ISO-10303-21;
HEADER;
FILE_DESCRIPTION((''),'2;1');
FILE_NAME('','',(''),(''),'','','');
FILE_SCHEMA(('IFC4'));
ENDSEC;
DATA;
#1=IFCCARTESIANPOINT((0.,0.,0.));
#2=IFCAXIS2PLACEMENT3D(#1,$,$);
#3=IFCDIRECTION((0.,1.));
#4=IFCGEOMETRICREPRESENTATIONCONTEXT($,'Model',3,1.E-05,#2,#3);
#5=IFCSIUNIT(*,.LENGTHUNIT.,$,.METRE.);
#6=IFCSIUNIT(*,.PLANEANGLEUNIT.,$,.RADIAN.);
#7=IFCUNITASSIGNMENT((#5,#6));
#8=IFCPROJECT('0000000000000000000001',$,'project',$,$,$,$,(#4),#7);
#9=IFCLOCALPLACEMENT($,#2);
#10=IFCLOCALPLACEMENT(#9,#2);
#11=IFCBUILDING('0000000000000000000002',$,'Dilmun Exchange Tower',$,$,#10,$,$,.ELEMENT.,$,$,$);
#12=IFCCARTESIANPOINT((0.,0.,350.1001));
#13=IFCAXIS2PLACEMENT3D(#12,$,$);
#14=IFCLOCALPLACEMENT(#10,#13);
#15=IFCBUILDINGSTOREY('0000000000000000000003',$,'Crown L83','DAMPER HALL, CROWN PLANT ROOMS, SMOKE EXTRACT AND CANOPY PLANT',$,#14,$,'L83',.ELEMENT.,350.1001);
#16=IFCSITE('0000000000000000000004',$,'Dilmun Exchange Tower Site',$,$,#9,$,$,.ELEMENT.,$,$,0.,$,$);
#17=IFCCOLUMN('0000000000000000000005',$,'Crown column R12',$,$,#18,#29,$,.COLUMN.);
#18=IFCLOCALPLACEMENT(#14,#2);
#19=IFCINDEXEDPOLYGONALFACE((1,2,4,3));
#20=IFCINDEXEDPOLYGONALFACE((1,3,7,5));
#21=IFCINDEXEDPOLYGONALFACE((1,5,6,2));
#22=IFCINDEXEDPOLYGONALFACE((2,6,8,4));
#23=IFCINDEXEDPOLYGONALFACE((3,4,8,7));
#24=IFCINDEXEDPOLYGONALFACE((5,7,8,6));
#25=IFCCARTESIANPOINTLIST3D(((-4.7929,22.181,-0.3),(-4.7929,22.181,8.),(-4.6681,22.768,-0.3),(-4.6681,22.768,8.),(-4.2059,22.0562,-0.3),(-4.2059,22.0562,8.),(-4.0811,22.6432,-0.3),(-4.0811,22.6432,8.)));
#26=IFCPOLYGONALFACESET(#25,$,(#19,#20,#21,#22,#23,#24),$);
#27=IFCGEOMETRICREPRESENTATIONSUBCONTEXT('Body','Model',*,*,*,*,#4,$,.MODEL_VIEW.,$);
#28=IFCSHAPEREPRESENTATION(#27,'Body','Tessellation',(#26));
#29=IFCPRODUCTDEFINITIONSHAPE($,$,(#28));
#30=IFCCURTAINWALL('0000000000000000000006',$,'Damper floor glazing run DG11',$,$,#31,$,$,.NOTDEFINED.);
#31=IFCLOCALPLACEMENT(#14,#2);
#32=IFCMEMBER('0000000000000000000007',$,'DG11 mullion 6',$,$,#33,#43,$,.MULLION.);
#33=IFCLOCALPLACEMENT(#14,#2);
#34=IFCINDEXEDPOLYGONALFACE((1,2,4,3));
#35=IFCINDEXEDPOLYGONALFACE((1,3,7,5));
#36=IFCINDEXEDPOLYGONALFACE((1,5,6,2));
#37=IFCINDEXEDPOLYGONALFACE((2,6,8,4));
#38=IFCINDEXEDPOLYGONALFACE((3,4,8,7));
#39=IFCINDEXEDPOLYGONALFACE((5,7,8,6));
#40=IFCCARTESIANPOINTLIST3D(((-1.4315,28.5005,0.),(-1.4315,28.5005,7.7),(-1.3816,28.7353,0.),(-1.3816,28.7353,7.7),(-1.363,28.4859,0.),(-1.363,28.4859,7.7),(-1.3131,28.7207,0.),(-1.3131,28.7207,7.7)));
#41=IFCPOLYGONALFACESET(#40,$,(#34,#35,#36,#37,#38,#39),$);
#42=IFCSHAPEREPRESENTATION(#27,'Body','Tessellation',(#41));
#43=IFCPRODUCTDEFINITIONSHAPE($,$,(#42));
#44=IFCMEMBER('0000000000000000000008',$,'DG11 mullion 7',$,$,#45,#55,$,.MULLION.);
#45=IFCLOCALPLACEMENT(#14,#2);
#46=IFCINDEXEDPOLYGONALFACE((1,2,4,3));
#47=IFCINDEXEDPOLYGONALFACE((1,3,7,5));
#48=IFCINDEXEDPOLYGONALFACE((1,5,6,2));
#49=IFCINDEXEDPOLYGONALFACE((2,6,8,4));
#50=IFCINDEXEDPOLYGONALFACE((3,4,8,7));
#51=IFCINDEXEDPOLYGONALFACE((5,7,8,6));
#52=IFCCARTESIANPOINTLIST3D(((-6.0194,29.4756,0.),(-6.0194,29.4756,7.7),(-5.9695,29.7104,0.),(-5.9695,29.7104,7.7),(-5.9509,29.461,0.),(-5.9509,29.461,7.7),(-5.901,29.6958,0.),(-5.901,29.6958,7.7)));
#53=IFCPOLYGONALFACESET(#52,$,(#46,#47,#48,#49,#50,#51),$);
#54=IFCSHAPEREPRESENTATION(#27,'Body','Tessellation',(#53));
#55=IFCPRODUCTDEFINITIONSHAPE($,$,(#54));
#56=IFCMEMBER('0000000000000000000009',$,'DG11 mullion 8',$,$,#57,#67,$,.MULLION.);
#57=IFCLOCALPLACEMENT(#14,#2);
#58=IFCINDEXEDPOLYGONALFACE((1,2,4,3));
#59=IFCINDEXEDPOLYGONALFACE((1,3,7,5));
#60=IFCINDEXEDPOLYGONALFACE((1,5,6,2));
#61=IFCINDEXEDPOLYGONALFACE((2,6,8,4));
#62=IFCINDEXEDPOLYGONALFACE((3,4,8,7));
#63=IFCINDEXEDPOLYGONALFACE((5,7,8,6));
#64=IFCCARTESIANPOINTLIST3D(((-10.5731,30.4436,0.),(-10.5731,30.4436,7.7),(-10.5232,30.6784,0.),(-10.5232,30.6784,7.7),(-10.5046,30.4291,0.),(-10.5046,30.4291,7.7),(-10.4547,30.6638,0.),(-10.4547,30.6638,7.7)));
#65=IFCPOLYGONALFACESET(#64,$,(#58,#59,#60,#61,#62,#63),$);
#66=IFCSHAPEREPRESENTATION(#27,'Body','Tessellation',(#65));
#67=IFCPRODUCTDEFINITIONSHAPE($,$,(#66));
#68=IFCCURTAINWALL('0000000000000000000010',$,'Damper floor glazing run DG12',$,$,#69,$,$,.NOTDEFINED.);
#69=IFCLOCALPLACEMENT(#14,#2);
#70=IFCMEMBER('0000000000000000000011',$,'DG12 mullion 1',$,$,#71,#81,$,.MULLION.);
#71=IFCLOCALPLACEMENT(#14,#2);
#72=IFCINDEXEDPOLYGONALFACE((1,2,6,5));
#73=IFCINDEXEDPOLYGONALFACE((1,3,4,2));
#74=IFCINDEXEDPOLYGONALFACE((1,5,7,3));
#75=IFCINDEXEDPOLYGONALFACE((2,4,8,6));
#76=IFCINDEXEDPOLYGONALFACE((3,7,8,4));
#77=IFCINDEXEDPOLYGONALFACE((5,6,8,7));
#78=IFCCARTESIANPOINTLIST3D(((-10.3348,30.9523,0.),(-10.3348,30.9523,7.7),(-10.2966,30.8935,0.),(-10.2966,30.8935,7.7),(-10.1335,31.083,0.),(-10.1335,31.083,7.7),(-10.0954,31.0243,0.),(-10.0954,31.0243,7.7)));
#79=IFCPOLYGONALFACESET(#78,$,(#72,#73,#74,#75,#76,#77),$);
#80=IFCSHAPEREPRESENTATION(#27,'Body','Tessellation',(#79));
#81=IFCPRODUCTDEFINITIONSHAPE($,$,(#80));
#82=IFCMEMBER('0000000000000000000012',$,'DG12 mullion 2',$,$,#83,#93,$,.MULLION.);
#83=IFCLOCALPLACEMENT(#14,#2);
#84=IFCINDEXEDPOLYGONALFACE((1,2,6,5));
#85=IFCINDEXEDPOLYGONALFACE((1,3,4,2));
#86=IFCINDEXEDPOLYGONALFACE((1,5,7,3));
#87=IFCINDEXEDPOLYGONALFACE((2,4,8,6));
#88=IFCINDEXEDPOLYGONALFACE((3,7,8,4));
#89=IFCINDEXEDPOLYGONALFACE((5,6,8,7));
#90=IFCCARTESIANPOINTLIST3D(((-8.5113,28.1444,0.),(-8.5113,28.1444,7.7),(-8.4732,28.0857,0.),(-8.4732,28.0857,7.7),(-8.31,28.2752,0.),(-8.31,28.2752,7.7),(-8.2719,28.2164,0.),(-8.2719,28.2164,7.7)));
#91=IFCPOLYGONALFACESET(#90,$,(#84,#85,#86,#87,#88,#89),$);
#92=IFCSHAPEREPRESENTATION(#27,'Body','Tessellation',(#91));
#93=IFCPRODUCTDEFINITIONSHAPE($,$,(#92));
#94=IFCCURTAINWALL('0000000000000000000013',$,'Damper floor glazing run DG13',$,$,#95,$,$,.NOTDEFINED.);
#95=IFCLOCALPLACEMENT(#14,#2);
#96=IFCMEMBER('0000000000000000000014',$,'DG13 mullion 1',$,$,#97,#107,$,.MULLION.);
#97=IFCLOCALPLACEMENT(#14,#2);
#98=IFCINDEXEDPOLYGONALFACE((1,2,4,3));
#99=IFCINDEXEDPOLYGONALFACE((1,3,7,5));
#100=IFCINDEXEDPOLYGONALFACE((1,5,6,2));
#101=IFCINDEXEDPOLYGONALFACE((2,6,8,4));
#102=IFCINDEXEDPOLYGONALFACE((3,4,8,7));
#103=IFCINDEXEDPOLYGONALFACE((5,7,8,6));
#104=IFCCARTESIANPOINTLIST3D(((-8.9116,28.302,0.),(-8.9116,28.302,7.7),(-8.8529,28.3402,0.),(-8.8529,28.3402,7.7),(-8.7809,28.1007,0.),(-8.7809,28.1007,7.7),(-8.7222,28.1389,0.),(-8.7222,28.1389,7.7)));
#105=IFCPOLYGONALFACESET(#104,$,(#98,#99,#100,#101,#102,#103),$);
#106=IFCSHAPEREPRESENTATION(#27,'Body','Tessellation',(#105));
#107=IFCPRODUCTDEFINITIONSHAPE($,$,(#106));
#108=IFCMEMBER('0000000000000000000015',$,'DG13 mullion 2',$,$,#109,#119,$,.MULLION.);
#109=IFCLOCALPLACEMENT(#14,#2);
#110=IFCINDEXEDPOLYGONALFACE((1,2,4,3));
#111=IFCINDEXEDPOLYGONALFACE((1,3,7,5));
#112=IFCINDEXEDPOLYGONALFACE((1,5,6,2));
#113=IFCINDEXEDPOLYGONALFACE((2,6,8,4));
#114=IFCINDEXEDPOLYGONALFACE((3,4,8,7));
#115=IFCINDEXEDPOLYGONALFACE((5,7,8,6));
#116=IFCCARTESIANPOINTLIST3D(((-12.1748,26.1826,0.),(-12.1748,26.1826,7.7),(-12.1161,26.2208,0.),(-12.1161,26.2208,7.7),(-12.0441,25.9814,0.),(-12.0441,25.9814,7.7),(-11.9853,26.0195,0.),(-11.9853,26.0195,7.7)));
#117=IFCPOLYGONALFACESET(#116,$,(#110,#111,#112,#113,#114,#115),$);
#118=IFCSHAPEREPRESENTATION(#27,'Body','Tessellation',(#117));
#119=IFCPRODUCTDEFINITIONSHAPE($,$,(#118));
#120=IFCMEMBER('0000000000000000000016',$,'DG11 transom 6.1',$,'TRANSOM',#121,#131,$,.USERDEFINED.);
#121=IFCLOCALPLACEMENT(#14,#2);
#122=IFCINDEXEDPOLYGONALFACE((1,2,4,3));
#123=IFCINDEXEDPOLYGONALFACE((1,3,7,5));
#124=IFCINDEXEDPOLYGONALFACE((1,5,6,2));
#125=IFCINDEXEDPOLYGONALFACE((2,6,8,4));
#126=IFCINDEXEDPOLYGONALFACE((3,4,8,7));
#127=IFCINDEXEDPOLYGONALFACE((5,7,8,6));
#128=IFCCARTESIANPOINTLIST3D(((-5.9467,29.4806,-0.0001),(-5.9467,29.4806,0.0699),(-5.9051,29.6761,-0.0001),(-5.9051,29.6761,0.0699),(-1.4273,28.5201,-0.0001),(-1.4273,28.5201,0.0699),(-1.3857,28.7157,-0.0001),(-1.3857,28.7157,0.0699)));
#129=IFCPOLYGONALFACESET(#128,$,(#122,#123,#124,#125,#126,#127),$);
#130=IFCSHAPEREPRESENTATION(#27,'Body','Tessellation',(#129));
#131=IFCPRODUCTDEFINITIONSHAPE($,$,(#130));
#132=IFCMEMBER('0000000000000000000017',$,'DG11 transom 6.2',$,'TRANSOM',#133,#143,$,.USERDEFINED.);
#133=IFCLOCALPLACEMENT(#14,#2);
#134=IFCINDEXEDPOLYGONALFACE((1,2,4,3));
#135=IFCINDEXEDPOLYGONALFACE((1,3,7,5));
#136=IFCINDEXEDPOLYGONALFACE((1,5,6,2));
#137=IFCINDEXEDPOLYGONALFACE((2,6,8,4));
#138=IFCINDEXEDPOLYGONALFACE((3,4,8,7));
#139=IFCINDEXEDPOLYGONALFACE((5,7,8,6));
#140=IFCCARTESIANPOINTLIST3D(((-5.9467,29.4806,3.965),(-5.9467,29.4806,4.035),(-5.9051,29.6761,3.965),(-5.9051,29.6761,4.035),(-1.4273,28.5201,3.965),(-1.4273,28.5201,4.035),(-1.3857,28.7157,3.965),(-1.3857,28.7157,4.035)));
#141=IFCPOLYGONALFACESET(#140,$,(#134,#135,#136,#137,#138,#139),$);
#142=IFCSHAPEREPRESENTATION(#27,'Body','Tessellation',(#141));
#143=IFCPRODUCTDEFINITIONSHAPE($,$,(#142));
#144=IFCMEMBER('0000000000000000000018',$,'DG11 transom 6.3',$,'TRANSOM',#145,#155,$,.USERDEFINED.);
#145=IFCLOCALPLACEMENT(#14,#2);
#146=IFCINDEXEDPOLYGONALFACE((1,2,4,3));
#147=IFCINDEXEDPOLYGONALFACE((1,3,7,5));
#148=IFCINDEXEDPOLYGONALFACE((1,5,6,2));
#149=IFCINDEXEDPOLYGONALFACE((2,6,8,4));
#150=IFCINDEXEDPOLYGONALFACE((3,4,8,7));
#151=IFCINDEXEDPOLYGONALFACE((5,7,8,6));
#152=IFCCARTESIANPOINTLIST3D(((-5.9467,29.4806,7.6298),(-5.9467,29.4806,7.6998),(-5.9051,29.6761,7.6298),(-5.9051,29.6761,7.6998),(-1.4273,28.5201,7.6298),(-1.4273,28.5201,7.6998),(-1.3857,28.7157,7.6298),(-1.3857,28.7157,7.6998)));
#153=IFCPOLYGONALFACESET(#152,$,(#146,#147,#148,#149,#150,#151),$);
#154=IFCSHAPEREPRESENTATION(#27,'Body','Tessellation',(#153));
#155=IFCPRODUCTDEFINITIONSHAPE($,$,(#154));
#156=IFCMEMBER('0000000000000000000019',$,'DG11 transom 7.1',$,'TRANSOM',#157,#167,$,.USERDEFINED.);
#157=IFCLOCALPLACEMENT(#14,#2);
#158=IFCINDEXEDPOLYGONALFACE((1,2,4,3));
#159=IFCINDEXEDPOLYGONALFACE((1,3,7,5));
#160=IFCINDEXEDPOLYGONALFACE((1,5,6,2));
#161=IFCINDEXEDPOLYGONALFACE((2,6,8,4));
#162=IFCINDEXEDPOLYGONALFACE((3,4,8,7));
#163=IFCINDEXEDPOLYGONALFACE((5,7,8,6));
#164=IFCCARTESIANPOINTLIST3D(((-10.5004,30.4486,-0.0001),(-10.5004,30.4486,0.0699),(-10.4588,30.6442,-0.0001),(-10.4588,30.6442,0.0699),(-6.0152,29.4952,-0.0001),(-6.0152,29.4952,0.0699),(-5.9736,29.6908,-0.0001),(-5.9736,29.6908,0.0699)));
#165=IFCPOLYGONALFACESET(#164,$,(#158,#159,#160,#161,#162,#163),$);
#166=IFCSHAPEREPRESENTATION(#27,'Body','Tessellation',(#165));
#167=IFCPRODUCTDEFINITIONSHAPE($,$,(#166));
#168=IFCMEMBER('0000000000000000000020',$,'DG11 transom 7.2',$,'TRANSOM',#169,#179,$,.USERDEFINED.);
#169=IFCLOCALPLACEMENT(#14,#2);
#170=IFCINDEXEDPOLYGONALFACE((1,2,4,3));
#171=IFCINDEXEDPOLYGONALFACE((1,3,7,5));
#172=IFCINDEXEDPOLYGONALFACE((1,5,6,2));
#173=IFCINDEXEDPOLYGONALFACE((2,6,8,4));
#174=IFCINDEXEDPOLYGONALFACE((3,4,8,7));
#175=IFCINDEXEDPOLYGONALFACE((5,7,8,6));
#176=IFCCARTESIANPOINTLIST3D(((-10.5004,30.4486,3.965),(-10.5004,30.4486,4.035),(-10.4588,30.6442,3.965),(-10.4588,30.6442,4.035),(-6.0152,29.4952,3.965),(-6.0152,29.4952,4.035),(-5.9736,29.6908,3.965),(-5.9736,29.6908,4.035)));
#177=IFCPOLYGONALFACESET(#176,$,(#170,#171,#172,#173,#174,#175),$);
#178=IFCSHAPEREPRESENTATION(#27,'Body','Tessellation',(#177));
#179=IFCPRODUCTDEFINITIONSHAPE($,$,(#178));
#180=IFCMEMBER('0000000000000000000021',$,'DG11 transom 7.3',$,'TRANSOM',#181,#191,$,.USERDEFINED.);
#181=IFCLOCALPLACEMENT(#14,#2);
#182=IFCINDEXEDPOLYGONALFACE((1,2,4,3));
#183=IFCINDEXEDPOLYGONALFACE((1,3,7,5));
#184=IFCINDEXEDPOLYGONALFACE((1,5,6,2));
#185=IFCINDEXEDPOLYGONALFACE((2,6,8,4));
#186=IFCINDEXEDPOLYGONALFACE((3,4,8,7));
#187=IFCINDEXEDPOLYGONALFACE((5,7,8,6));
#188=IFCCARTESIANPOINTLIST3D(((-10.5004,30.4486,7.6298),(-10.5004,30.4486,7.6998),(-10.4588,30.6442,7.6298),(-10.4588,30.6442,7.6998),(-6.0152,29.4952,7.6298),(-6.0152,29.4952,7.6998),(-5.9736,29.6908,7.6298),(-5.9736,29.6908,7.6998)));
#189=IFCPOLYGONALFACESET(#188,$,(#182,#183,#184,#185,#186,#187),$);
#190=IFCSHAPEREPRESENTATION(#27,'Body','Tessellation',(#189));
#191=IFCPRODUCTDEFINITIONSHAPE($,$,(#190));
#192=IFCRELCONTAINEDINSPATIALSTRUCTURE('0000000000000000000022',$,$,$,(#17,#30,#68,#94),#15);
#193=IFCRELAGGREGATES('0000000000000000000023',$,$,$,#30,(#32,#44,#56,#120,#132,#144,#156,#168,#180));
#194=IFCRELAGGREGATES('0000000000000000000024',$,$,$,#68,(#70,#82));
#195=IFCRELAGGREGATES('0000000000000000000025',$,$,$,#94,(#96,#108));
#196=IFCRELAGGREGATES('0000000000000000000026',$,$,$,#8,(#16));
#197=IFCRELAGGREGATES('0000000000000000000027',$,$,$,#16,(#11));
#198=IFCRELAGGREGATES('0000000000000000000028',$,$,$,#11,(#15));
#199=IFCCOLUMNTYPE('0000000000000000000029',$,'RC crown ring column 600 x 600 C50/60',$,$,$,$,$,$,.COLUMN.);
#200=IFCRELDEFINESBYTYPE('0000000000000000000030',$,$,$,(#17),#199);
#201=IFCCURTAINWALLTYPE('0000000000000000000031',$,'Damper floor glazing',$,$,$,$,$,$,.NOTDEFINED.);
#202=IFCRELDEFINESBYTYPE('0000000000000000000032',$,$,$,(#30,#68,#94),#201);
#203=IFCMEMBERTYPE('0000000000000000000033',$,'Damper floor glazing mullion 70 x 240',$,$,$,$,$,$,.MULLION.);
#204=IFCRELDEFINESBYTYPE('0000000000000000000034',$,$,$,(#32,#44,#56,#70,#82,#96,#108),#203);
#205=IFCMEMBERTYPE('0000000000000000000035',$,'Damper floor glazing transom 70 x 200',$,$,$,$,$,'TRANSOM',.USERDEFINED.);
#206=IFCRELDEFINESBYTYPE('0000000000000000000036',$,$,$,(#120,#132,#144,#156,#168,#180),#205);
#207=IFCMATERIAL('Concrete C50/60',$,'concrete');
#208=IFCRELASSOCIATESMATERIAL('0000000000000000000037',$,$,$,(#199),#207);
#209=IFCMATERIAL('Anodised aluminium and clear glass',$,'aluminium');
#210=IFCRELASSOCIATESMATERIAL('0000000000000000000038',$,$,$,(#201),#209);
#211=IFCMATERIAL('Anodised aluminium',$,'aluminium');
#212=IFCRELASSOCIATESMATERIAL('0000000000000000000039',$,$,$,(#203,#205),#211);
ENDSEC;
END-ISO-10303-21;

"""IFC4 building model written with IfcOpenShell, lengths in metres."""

from ifc_helpers import new_model, si_unit, direction, frame, origin, origin_2d, place, context, subcontext, project, spatial, rectangle, extrude, material, material_profile, profile_set, type_object, element, aggregate, save


model = new_model("IFC4")

# Units and contexts
model_context = context("Model", 3, precision=1e-05, world=origin(), true_north=direction((0.0, 1.0)))
body_context = subcontext(model_context, "Body", "Model", "MODEL_VIEW")
ifc_project = project(units=[si_unit("LENGTHUNIT", "METRE"), si_unit("PLANEANGLEUNIT", "RADIAN")], contexts=[model_context])

# Site, building, storey
site_placement = place(None, origin())
site = spatial("IfcSite", under=ifc_project, at=site_placement, Name="Dilmun Exchange Tower Site", CompositionType="ELEMENT", RefElevation=0.0)
building_placement = place(site_placement, origin())
building = spatial("IfcBuilding", under=site, at=building_placement, Name="Dilmun Exchange Tower", CompositionType="ELEMENT")
storey_placement = place(building_placement, frame((0.0, 0.0, 350.1001)))
storey = spatial("IfcBuildingStorey", under=building, at=storey_placement, Name="Crown L83", Description="DAMPER HALL, CROWN PLANT ROOMS, SMOKE EXTRACT AND CANOPY PLANT", LongName="L83", CompositionType="ELEMENT", Elevation=350.1001)

# Column
ifc_material_1 = material(Name="Concrete C50/60", Category="concrete")
ifc_material_profile_1 = material_profile(ifc_material_1, rectangle(XDim=0.6001, YDim=0.6001, at=origin_2d()), Name="600 x 600")
ifc_profile_set_1 = profile_set([ifc_material_profile_1], Name="Concrete C50/60")
column_type = type_object("IfcColumnType", Name="RC crown ring column 600 x 600 C50/60", PredefinedType="COLUMN", material=ifc_profile_set_1)
column_placement = place(storey_placement, frame((-4.437, 22.4121, -0.3), z_axis=(0.0, 0.0, 1.0), x_axis=(0.207912, 0.978148, 0.0)))
element("IfcColumn", 1, at=column_placement, inside=storey, type_object=column_type, Name="Crown column R12", PredefinedType="COLUMN", context=body_context, shape_type="SweptSolid", body=[
    extrude(rectangle(XDim=0.6001, YDim=0.6001, at=origin_2d()), origin(), (0.0, 0.0, 1.0), 8.3),
])

# Curtain walls, members
ifc_material_2 = material(Name="Anodised aluminium and clear glass", Category="aluminium")
curtain_wall_type = type_object("IfcCurtainWallType", Name="Damper floor glazing", PredefinedType="NOTDEFINED", material=ifc_material_2)
curtain_wall_1_placement = place(storey_placement, origin())
curtain_wall_1 = element("IfcCurtainWall", 2, at=curtain_wall_1_placement, inside=storey, type_object=curtain_wall_type, Name="Damper floor glazing run DG11", PredefinedType="NOTDEFINED")
ifc_material_3 = material(Name="Anodised aluminium", Category="aluminium")
ifc_material_profile_2 = material_profile(ifc_material_3, rectangle(XDim=0.24, YDim=0.0701, at=origin_2d()), Name="AL 70x240")
ifc_profile_set_2 = profile_set([ifc_material_profile_2], Name="Anodised aluminium")
member_type_1 = type_object("IfcMemberType", Name="Damper floor glazing mullion 70 x 240", PredefinedType="MULLION", material=ifc_profile_set_2)
member_1_placement = place(storey_placement, frame((-1.3723, 28.6106, 0.0), z_axis=(0.0, 0.0, 1.0), x_axis=(-0.207911, -0.978148, 0.0)))
member_1 = element("IfcMember", 3, at=member_1_placement, type_object=member_type_1, Name="DG11 mullion 6", PredefinedType="MULLION", context=body_context, shape_type="SweptSolid", body=[
    extrude(rectangle(XDim=0.24, YDim=0.0701, at=origin_2d()), origin(), (0.0, 0.0, 1.0), 7.7),
])
member_2_placement = place(storey_placement, frame((-5.9602, 29.5857, 0.0), z_axis=(0.0, 0.0, 1.0), x_axis=(-0.207911, -0.978148, 0.0)))
member_2 = element("IfcMember", 4, at=member_2_placement, type_object=member_type_1, Name="DG11 mullion 7", PredefinedType="MULLION", context=body_context, shape_type="SweptSolid", body=[
    extrude(rectangle(XDim=0.24, YDim=0.0701, at=origin_2d()), origin(), (0.0, 0.0, 1.0), 7.7),
])
member_3_placement = place(storey_placement, frame((-10.5139, 30.5537, 0.0), z_axis=(0.0, 0.0, 1.0), x_axis=(-0.207911, -0.978148, 0.0)))
member_3 = element("IfcMember", 5, at=member_3_placement, type_object=member_type_1, Name="DG11 mullion 8", PredefinedType="MULLION", context=body_context, shape_type="SweptSolid", body=[
    extrude(rectangle(XDim=0.24, YDim=0.0701, at=origin_2d()), origin(), (0.0, 0.0, 1.0), 7.7),
])
curtain_wall_2_placement = place(storey_placement, origin())
curtain_wall_2 = element("IfcCurtainWall", 6, at=curtain_wall_2_placement, inside=storey, type_object=curtain_wall_type, Name="Damper floor glazing run DG12", PredefinedType="NOTDEFINED")
member_4_placement = place(storey_placement, frame((-10.2151, 30.9883, 0.0), z_axis=(0.0, 0.0, 1.0), x_axis=(0.838669, 0.544641, 0.0)))
member_4 = element("IfcMember", 7, at=member_4_placement, type_object=member_type_1, Name="DG12 mullion 1", PredefinedType="MULLION", context=body_context, shape_type="SweptSolid", body=[
    extrude(rectangle(XDim=0.24, YDim=0.0701, at=origin_2d()), origin(), (0.0, 0.0, 1.0), 7.7),
])
member_5_placement = place(storey_placement, frame((-8.3916, 28.1804, 0.0), z_axis=(0.0, 0.0, 1.0), x_axis=(0.838669, 0.544641, 0.0)))
member_5 = element("IfcMember", 8, at=member_5_placement, type_object=member_type_1, Name="DG12 mullion 2", PredefinedType="MULLION", context=body_context, shape_type="SweptSolid", body=[
    extrude(rectangle(XDim=0.24, YDim=0.0701, at=origin_2d()), origin(), (0.0, 0.0, 1.0), 7.7),
])
curtain_wall_3_placement = place(storey_placement, origin())
curtain_wall_3 = element("IfcCurtainWall", 9, at=curtain_wall_3_placement, inside=storey, type_object=curtain_wall_type, Name="Damper floor glazing run DG13", PredefinedType="NOTDEFINED")
member_6_placement = place(storey_placement, frame((-8.8169, 28.2205, 0.0), z_axis=(0.0, 0.0, 1.0), x_axis=(0.544642, -0.838669, 0.0)))
member_6 = element("IfcMember", 10, at=member_6_placement, type_object=member_type_1, Name="DG13 mullion 1", PredefinedType="MULLION", context=body_context, shape_type="SweptSolid", body=[
    extrude(rectangle(XDim=0.24, YDim=0.0701, at=origin_2d()), origin(), (0.0, 0.0, 1.0), 7.7),
])
member_7_placement = place(storey_placement, frame((-12.0801, 26.1011, 0.0), z_axis=(0.0, 0.0, 1.0), x_axis=(0.544642, -0.838669, 0.0)))
member_7 = element("IfcMember", 11, at=member_7_placement, type_object=member_type_1, Name="DG13 mullion 2", PredefinedType="MULLION", context=body_context, shape_type="SweptSolid", body=[
    extrude(rectangle(XDim=0.24, YDim=0.0701, at=origin_2d()), origin(), (0.0, 0.0, 1.0), 7.7),
])

# Members
ifc_material_profile_3 = material_profile(ifc_material_3, rectangle(XDim=0.2, YDim=0.0701, at=origin_2d()), Name="AL 70x200")
ifc_profile_set_3 = profile_set([ifc_material_profile_3], Name="Anodised aluminium")
member_type_2 = type_object("IfcMemberType", Name="Damper floor glazing transom 70 x 200", ElementType="TRANSOM", PredefinedType="USERDEFINED", material=ifc_profile_set_3)
member_8_placement = place(storey_placement, frame((-1.4065, 28.6179, 0.0349), z_axis=(-0.978157, 0.207869, 0.0), x_axis=(-0.207869, -0.978157, 0.0)))
member_8 = element("IfcMember", 12, at=member_8_placement, type_object=member_type_2, Name="DG11 transom 6.1", ObjectType="TRANSOM", PredefinedType="USERDEFINED", context=body_context, shape_type="SweptSolid", body=[
    extrude(rectangle(XDim=0.2, YDim=0.0701, at=origin_2d()), origin(), (0.0, 0.0, 1.0), 4.6204),
])
member_9_placement = place(storey_placement, frame((-1.4065, 28.6179, 4.0), z_axis=(-0.978157, 0.207869, 0.0), x_axis=(-0.207869, -0.978157, 0.0)))
member_9 = element("IfcMember", 13, at=member_9_placement, type_object=member_type_2, Name="DG11 transom 6.2", ObjectType="TRANSOM", PredefinedType="USERDEFINED", context=body_context, shape_type="SweptSolid", body=[
    extrude(rectangle(XDim=0.2, YDim=0.0701, at=origin_2d()), origin(), (0.0, 0.0, 1.0), 4.6204),
])
member_10_placement = place(storey_placement, frame((-1.4065, 28.6179, 7.6648), z_axis=(-0.978157, 0.207869, 0.0), x_axis=(-0.207869, -0.978157, 0.0)))
member_10 = element("IfcMember", 14, at=member_10_placement, type_object=member_type_2, Name="DG11 transom 6.3", ObjectType="TRANSOM", PredefinedType="USERDEFINED", context=body_context, shape_type="SweptSolid", body=[
    extrude(rectangle(XDim=0.2, YDim=0.0701, at=origin_2d()), origin(), (0.0, 0.0, 1.0), 4.6204),
])
member_11_placement = place(storey_placement, frame((-5.9944, 29.593, 0.0349), z_axis=(-0.978149, 0.207907, 0.0), x_axis=(-0.207907, -0.978149, 0.0)))
member_11 = element("IfcMember", 15, at=member_11_placement, type_object=member_type_2, Name="DG11 transom 7.1", ObjectType="TRANSOM", PredefinedType="USERDEFINED", context=body_context, shape_type="SweptSolid", body=[
    extrude(rectangle(XDim=0.2, YDim=0.0701, at=origin_2d()), origin(), (0.0, 0.0, 1.0), 4.5854),
])
member_12_placement = place(storey_placement, frame((-5.9944, 29.593, 4.0), z_axis=(-0.978149, 0.207907, 0.0), x_axis=(-0.207907, -0.978149, 0.0)))
member_12 = element("IfcMember", 16, at=member_12_placement, type_object=member_type_2, Name="DG11 transom 7.2", ObjectType="TRANSOM", PredefinedType="USERDEFINED", context=body_context, shape_type="SweptSolid", body=[
    extrude(rectangle(XDim=0.2, YDim=0.0701, at=origin_2d()), origin(), (0.0, 0.0, 1.0), 4.5854),
])
member_13_placement = place(storey_placement, frame((-5.9944, 29.593, 7.6648), z_axis=(-0.978149, 0.207907, 0.0), x_axis=(-0.207907, -0.978149, 0.0)))
member_13 = element("IfcMember", 17, at=member_13_placement, type_object=member_type_2, Name="DG11 transom 7.3", ObjectType="TRANSOM", PredefinedType="USERDEFINED", context=body_context, shape_type="SweptSolid", body=[
    extrude(rectangle(XDim=0.2, YDim=0.0701, at=origin_2d()), origin(), (0.0, 0.0, 1.0), 4.5854),
])

aggregate(curtain_wall_1, [member_1, member_2, member_3, member_8, member_9, member_10, member_11, member_12, member_13])
aggregate(curtain_wall_2, [member_4, member_5])
aggregate(curtain_wall_3, [member_6, member_7])

save(model, "model.ifc")
